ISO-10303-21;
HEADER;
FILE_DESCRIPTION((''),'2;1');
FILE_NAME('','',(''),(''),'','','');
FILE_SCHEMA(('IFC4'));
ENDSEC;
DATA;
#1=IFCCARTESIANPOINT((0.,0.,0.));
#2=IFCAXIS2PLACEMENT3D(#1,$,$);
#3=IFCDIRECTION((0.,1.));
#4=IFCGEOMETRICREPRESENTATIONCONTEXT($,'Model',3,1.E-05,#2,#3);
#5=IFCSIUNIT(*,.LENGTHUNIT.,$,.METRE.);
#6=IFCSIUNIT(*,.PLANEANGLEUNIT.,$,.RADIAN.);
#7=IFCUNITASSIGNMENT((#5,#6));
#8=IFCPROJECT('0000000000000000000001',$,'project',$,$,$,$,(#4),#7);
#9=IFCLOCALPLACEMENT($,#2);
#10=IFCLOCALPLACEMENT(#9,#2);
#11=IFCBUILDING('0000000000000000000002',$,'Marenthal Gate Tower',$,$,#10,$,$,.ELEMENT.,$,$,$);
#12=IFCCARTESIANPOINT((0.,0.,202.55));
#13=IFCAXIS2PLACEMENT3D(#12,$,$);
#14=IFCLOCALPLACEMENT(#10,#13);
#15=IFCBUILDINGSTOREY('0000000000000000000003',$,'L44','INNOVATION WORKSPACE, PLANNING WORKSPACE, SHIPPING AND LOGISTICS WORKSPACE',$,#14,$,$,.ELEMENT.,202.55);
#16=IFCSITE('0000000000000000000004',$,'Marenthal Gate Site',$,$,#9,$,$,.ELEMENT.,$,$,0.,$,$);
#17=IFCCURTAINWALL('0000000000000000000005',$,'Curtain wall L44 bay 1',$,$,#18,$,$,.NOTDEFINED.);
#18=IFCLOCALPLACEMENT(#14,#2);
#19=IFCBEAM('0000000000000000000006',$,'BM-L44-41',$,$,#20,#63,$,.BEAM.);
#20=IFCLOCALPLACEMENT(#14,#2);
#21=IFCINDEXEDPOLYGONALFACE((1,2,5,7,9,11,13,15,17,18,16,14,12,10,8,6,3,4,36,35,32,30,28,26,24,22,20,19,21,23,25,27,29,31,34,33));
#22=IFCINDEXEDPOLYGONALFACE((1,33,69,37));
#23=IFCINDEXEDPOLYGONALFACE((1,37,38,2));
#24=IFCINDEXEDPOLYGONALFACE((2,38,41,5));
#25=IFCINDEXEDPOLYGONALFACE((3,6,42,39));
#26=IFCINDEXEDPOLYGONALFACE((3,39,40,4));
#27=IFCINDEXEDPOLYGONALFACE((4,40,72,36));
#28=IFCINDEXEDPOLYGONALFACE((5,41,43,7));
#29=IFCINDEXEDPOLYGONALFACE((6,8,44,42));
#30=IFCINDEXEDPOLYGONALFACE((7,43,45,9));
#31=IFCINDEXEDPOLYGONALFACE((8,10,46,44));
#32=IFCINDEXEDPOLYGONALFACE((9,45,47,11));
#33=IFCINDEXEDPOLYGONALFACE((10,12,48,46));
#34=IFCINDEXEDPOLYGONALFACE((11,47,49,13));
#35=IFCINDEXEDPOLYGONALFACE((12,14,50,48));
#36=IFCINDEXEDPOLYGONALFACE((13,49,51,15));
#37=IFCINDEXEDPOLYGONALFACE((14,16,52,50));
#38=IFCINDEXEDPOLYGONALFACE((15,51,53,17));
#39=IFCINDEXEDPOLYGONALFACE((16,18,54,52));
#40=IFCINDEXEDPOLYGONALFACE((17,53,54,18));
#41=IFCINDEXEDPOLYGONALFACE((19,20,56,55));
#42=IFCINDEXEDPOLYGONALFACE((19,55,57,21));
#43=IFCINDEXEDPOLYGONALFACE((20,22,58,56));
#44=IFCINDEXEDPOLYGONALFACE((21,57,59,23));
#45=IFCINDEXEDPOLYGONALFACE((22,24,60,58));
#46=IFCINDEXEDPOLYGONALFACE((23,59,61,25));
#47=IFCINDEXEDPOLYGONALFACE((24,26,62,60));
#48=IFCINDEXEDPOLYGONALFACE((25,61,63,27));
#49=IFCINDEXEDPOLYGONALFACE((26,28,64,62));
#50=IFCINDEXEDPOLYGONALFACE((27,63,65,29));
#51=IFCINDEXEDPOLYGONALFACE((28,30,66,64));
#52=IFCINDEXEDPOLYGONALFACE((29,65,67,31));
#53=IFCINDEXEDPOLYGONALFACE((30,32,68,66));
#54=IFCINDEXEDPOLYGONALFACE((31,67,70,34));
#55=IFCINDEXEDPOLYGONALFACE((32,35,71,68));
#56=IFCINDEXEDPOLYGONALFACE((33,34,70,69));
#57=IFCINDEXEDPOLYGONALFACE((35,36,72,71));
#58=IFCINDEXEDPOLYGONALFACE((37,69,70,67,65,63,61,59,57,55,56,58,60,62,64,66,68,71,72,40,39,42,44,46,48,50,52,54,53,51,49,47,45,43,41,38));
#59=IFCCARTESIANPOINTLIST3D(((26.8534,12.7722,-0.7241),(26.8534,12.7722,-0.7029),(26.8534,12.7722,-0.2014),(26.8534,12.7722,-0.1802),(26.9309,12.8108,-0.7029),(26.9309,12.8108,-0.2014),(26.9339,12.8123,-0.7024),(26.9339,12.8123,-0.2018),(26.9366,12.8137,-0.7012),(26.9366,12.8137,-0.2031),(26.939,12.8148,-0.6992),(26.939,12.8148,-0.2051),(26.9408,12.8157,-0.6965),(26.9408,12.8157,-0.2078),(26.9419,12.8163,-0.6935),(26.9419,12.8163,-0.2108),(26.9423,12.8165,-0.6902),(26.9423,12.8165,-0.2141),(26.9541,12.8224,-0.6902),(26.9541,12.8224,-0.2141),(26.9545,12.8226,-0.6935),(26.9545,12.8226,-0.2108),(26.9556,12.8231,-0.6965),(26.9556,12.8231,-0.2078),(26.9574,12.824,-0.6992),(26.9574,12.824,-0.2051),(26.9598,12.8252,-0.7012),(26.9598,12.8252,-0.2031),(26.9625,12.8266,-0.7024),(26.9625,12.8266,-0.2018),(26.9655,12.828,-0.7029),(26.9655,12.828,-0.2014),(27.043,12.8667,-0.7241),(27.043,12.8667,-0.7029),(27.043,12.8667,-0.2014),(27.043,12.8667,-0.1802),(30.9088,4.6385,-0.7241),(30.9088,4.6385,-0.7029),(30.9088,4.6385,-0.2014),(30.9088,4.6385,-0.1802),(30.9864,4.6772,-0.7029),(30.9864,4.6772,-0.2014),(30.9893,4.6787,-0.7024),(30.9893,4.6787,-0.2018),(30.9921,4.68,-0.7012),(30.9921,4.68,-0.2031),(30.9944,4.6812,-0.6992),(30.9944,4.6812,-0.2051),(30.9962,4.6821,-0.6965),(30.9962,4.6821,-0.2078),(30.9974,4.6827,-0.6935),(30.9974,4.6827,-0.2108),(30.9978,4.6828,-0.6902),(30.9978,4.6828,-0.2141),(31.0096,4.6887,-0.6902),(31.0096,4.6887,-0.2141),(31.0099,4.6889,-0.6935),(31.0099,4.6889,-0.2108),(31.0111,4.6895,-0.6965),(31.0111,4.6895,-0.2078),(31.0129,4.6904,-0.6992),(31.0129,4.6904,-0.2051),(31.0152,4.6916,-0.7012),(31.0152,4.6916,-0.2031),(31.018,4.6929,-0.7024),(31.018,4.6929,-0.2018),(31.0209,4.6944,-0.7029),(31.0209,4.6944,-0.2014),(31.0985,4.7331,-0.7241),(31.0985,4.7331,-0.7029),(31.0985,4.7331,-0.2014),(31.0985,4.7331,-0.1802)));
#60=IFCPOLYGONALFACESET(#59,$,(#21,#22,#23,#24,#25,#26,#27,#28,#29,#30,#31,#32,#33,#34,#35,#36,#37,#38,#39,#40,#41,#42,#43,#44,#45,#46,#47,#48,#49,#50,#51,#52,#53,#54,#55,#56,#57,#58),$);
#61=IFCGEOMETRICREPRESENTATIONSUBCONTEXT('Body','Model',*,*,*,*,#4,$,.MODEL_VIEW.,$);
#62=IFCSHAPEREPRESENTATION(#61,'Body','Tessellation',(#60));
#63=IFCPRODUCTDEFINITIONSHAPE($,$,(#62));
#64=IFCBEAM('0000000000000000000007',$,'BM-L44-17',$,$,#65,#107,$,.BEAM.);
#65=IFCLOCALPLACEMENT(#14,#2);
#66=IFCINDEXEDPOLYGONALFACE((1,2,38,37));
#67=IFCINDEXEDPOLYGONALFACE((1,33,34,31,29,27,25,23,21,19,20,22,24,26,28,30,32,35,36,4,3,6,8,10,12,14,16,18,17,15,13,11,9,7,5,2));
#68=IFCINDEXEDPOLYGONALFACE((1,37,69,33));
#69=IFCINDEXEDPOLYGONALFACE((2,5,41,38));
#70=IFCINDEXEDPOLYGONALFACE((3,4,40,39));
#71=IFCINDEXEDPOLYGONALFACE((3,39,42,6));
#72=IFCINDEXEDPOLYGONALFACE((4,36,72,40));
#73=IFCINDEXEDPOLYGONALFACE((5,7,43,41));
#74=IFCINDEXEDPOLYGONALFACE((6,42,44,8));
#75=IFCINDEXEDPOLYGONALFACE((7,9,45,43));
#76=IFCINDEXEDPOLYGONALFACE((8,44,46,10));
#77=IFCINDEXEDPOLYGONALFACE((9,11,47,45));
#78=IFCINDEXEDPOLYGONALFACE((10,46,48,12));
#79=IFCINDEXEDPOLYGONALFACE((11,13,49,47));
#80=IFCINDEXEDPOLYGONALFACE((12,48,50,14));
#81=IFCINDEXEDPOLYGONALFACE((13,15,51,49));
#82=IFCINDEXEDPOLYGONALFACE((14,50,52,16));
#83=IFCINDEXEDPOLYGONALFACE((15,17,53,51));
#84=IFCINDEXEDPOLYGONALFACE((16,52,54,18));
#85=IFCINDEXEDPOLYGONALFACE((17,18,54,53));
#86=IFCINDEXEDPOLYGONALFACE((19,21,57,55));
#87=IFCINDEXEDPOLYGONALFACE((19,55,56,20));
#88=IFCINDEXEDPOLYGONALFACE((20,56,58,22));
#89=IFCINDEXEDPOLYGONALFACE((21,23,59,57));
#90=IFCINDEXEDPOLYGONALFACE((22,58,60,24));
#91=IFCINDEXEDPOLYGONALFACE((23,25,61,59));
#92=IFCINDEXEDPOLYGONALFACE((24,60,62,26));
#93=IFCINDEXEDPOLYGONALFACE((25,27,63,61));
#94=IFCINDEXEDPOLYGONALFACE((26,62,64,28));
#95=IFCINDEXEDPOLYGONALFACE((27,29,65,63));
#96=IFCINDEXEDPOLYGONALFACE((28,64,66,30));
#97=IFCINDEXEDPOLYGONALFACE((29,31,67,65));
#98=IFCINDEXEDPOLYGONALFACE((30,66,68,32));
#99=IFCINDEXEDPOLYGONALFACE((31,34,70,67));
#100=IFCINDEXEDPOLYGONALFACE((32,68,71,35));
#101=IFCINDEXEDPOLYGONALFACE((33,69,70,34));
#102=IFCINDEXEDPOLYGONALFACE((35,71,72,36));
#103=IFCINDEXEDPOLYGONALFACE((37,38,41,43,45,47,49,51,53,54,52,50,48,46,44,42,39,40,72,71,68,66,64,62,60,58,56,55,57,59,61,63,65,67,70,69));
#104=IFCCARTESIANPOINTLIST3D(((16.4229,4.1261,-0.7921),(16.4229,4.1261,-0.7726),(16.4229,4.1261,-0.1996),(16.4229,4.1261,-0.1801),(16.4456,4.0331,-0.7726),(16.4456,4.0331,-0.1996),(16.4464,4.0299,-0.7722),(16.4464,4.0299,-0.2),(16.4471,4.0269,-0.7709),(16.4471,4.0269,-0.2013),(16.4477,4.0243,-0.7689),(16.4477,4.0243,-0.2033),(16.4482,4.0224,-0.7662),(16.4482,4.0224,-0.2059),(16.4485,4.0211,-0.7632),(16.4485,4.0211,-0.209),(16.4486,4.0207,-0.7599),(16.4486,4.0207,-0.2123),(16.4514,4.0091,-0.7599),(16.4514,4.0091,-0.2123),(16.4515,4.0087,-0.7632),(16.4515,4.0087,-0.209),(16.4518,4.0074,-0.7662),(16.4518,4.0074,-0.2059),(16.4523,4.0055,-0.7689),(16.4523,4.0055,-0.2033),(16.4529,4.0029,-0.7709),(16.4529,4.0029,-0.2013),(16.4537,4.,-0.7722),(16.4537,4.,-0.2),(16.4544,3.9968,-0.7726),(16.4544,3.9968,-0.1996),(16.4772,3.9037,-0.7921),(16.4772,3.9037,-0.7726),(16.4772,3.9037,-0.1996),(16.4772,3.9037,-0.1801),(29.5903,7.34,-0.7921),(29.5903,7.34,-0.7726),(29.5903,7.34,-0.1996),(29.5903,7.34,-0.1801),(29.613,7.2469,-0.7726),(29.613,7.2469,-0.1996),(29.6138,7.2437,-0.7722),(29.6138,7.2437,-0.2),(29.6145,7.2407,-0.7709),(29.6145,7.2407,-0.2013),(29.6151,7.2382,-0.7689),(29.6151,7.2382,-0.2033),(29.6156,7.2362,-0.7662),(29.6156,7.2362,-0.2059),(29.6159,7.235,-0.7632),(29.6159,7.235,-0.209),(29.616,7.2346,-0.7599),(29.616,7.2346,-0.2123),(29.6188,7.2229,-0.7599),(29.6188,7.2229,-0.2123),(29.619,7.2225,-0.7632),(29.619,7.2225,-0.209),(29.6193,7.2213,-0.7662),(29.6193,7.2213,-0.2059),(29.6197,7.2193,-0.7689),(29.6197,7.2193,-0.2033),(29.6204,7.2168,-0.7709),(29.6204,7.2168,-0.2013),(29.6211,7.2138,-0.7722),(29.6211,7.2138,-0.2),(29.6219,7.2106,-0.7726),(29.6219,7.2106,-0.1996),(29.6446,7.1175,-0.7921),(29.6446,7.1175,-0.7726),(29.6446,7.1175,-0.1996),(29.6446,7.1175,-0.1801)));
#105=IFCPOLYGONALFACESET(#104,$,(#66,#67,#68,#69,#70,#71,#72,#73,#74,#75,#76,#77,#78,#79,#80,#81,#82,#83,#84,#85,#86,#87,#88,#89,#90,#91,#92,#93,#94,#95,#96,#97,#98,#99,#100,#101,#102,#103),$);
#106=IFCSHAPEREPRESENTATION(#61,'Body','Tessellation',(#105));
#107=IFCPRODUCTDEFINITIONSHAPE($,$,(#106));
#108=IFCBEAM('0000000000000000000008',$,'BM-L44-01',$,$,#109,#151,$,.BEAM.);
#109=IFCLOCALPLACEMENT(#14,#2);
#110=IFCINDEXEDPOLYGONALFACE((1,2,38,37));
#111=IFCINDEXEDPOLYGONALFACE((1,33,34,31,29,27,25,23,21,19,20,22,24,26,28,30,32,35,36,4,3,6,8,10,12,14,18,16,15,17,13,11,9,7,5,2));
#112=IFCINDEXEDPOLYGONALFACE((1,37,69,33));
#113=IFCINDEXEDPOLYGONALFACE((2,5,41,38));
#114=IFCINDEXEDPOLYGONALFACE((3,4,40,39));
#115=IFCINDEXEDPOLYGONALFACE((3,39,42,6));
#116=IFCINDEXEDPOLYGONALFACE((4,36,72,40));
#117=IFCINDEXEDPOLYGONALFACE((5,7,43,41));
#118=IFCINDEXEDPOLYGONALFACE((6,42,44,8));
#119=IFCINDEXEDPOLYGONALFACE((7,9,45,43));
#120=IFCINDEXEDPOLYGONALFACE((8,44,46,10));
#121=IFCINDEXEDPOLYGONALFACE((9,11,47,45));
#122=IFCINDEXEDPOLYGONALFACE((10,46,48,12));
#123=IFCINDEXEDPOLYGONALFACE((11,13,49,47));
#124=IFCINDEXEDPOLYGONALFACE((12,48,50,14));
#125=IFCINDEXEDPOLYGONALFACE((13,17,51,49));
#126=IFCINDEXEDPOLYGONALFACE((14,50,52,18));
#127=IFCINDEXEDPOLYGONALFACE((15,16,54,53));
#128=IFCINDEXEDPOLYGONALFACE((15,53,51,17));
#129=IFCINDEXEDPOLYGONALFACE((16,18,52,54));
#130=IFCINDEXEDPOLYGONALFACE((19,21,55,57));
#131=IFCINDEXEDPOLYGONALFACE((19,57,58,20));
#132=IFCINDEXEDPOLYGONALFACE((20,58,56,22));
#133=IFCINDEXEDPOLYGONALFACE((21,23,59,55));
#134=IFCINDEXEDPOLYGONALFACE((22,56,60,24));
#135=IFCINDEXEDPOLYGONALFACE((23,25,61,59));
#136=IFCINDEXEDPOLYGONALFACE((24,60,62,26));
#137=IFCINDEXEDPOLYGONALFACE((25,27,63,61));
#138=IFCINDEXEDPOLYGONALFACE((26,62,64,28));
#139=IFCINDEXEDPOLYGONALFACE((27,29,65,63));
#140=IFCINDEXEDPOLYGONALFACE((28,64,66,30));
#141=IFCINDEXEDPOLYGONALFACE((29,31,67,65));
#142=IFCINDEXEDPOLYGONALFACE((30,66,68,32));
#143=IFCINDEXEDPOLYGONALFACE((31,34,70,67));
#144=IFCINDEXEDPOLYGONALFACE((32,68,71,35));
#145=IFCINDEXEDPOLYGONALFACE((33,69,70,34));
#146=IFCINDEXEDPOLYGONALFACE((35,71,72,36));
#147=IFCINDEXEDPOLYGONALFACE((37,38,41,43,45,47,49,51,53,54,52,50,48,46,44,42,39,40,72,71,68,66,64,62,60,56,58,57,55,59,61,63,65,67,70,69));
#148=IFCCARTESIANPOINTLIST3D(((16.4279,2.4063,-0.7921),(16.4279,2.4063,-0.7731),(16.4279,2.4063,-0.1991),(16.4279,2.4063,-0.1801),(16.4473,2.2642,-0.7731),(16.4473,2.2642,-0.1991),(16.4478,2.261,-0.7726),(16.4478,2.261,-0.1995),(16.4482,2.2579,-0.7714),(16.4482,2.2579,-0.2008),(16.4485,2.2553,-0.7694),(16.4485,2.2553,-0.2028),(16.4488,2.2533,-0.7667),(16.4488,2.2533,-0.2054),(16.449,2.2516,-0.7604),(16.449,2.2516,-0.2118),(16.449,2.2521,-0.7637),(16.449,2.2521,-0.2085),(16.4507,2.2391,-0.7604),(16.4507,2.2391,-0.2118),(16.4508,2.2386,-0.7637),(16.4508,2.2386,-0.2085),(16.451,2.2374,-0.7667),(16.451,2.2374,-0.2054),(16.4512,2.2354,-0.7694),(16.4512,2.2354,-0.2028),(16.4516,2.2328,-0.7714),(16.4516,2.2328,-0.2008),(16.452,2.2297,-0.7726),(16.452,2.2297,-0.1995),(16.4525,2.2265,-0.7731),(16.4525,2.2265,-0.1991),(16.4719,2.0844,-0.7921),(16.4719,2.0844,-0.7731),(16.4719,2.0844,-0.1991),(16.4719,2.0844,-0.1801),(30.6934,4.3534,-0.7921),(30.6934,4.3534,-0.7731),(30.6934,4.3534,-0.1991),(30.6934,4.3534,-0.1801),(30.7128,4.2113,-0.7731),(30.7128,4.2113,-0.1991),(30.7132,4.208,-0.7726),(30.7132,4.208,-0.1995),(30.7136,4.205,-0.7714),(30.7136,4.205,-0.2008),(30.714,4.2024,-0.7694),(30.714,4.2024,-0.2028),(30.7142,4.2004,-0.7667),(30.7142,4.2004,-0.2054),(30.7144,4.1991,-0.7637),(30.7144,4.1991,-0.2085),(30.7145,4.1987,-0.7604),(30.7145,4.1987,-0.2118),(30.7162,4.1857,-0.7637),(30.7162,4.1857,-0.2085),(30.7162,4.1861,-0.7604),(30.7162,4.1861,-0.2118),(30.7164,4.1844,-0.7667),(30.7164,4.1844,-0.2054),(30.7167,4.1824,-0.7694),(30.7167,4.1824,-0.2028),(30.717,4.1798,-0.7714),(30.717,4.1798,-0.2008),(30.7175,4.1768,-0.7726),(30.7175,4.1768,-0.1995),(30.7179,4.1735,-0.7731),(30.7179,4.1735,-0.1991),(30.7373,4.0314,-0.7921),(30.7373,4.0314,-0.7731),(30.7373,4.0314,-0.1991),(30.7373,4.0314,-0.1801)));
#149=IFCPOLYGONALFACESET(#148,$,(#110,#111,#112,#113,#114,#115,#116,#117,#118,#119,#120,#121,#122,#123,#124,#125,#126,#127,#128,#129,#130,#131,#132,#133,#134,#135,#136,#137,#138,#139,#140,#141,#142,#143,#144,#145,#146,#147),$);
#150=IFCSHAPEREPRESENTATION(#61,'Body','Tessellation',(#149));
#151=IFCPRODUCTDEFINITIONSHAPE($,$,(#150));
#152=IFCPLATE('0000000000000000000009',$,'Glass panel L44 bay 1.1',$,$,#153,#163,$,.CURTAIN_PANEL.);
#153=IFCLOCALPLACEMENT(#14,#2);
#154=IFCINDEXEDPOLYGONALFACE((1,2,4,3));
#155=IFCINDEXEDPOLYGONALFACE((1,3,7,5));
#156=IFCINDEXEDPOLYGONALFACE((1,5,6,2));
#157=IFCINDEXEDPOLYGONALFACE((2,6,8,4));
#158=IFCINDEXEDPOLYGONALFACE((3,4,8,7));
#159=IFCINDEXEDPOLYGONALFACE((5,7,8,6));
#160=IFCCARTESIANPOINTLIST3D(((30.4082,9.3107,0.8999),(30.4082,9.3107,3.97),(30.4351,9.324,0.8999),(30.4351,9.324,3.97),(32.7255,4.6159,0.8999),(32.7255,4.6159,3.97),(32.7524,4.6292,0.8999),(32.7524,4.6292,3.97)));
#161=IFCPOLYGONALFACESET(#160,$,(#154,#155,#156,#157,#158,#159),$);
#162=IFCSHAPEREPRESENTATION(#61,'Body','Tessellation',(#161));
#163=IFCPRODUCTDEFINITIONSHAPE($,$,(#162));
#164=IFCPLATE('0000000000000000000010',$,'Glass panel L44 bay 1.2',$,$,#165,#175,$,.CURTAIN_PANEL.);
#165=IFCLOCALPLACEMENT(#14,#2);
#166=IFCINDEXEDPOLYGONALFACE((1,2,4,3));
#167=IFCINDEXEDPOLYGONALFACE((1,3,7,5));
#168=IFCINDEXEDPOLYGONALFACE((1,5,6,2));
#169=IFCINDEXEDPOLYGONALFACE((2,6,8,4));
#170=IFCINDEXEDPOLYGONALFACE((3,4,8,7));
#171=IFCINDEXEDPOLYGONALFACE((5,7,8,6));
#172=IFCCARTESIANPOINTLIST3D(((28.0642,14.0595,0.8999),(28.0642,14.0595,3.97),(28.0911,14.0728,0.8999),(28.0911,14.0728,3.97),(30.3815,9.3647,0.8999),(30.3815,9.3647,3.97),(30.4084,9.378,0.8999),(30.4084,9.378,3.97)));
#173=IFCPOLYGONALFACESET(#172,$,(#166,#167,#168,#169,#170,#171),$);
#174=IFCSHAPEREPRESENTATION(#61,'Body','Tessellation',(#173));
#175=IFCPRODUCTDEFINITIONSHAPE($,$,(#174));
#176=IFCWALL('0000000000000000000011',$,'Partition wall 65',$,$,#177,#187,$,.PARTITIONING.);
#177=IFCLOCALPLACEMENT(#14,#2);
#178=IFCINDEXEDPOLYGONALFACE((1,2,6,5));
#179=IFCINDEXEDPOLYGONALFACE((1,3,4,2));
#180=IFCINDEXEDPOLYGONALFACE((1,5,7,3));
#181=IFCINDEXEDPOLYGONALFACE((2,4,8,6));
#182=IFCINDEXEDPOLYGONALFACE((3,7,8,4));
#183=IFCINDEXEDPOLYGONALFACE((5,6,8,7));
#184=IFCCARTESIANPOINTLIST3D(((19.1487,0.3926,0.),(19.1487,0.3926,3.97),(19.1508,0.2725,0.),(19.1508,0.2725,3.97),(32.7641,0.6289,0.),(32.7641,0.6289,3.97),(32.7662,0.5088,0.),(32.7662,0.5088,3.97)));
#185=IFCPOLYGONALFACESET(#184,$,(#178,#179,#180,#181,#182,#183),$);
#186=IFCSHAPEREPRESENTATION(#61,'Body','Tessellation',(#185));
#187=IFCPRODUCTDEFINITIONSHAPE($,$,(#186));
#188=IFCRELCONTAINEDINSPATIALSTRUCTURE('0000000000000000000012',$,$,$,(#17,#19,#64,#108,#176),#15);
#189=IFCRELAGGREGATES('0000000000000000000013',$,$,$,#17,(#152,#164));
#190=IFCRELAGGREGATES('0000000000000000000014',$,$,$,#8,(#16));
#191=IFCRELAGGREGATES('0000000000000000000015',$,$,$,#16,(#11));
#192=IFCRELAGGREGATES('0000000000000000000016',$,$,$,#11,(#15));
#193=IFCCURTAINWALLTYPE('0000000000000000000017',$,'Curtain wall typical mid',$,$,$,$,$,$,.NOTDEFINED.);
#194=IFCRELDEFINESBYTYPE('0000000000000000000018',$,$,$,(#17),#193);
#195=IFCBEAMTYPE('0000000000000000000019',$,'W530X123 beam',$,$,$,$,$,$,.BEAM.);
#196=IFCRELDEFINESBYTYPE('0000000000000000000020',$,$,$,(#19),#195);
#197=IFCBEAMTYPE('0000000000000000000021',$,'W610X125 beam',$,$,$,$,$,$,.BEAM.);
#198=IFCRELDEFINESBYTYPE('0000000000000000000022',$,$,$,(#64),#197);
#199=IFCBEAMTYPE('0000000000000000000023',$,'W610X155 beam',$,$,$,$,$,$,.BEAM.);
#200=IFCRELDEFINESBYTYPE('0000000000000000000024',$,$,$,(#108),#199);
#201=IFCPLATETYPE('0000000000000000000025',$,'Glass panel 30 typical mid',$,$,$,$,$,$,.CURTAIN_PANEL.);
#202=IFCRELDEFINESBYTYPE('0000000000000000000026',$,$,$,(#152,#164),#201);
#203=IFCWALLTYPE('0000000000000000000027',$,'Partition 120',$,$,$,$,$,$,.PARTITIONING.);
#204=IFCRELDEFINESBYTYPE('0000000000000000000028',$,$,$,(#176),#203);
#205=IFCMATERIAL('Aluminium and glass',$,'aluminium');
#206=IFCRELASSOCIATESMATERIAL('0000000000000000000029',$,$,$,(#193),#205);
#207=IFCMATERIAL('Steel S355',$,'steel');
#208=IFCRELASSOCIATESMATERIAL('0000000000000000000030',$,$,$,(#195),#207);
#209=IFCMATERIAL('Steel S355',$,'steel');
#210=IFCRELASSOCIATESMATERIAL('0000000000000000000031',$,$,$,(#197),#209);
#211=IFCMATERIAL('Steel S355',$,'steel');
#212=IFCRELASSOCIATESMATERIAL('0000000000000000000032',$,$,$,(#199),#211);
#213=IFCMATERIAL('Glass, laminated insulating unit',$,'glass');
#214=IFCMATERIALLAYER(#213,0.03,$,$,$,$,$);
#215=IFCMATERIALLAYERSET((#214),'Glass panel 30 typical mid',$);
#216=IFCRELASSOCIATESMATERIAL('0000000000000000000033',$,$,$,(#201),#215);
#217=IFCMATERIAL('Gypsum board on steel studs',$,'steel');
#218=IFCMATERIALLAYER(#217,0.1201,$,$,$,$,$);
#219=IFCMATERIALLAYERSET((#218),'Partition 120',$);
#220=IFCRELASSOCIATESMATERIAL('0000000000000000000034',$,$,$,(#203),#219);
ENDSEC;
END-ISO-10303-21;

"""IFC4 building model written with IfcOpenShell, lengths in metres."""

from ifc_helpers import new_model, si_unit, direction, frame, frame_2d, origin, origin_2d, place, context, subcontext, project, spatial, rectangle, i_section, extrude, material, layer, layer_set, material_profile, profile_set, type_object, element, aggregate, save


model = new_model("IFC4")

# Units and contexts
model_context = context("Model", 3, precision=1e-05, world=origin(), true_north=direction((0.0, 1.0)))
body_context = subcontext(model_context, "Body", "Model", "MODEL_VIEW")
ifc_project = project(units=[si_unit("LENGTHUNIT", "METRE"), si_unit("PLANEANGLEUNIT", "RADIAN")], contexts=[model_context])

# Site, building, storey
site_placement = place(None, origin())
site = spatial("IfcSite", under=ifc_project, at=site_placement, Name="Marenthal Gate Site", CompositionType="ELEMENT", RefElevation=0.0)
building_placement = place(site_placement, origin())
building = spatial("IfcBuilding", under=site, at=building_placement, Name="Marenthal Gate Tower", CompositionType="ELEMENT")
storey_placement = place(building_placement, frame((0.0, 0.0, 202.55)))
storey = spatial("IfcBuildingStorey", under=building, at=storey_placement, Name="L44", Description="INNOVATION WORKSPACE, PLANNING WORKSPACE, SHIPPING AND LOGISTICS WORKSPACE", CompositionType="ELEMENT", Elevation=202.55)

# Curtain wall
ifc_material_1 = material(Name="Aluminium and glass", Category="aluminium")
curtain_wall_type = type_object("IfcCurtainWallType", Name="Curtain wall typical mid", PredefinedType="NOTDEFINED", material=ifc_material_1)
curtain_wall_placement = place(storey_placement, origin())
curtain_wall = element("IfcCurtainWall", 1, at=curtain_wall_placement, inside=storey, type_object=curtain_wall_type, Name="Curtain wall L44 bay 1", PredefinedType="NOTDEFINED")

# Beams
ifc_material_2 = material(Name="Steel S355", Category="steel")
ifc_material_profile_1 = material_profile(ifc_material_2, i_section(OverallWidth=0.2119, OverallDepth=0.5439, WebThickness=0.0132, FlangeThickness=0.0212, FilletRadius=0.0127, at=origin_2d()), Name="W530X123")
ifc_profile_set_1 = profile_set([ifc_material_profile_1], Name="Steel S355")
beam_type_1 = type_object("IfcBeamType", Name="W530X123 beam", PredefinedType="BEAM", material=ifc_profile_set_1)
beam_1_placement = place(storey_placement, frame((31.0037, 4.6858, -0.4521), z_axis=(-0.446214, 0.894926, 0.0), x_axis=(-0.894926, -0.446214, 0.0)))
element("IfcBeam", 2, at=beam_1_placement, inside=storey, type_object=beam_type_1, Name="BM-L44-41", PredefinedType="BEAM", context=body_context, shape_type="SweptSolid", body=[
    extrude(i_section(OverallWidth=0.2119, OverallDepth=0.5439, WebThickness=0.0132, FlangeThickness=0.0212, FilletRadius=0.0127, at=origin_2d()), origin(), (0.0, 0.0, 1.0), 9.0886),
])
ifc_material_3 = material(Name="Steel S355", Category="steel")
ifc_material_profile_2 = material_profile(ifc_material_3, i_section(OverallWidth=0.229, OverallDepth=0.6121, WebThickness=0.012, FlangeThickness=0.0195, FilletRadius=0.0127, at=origin_2d()), Name="W610X125")
ifc_profile_set_2 = profile_set([ifc_material_profile_2], Name="Steel S355")
beam_type_2 = type_object("IfcBeamType", Name="W610X125 beam", PredefinedType="BEAM", material=ifc_profile_set_2)
beam_2_placement = place(storey_placement, frame((29.6174, 7.2288, -0.4861), z_axis=(-0.971481, -0.237115, 0.0), x_axis=(0.237115, -0.971481, 0.0)))
element("IfcBeam", 3, at=beam_2_placement, inside=storey, type_object=beam_type_2, Name="BM-L44-17", PredefinedType="BEAM", context=body_context, shape_type="SweptSolid", body=[
    extrude(i_section(OverallWidth=0.229, OverallDepth=0.6121, WebThickness=0.012, FlangeThickness=0.0195, FilletRadius=0.0127, at=origin_2d()), origin(), (0.0, 0.0, 1.0), 13.554),
])
ifc_material_4 = material(Name="Steel S355", Category="steel")
ifc_material_profile_3 = material_profile(ifc_material_4, i_section(OverallWidth=0.325, OverallDepth=0.6121, WebThickness=0.0127, FlangeThickness=0.019, FilletRadius=0.0127, at=origin_2d()), Name="W610X155")
ifc_profile_set_3 = profile_set([ifc_material_profile_3], Name="Steel S355")
beam_type_3 = type_object("IfcBeamType", Name="W610X155 beam", PredefinedType="BEAM", material=ifc_profile_set_3)
beam_3_placement = place(storey_placement, frame((30.7153, 4.1924, -0.4861), z_axis=(-0.990814, -0.135232, 0.0), x_axis=(0.135232, -0.990814, 0.0)))
element("IfcBeam", 4, at=beam_3_placement, inside=storey, type_object=beam_type_3, Name="BM-L44-01", PredefinedType="BEAM", context=body_context, shape_type="SweptSolid", body=[
    extrude(i_section(OverallWidth=0.325, OverallDepth=0.6121, WebThickness=0.0127, FlangeThickness=0.019, FilletRadius=0.0127, at=origin_2d()), origin(), (0.0, 0.0, 1.0), 14.3977),
])

# Plates
ifc_material_5 = material(Name="Glass, laminated insulating unit", Category="glass")
ifc_layer_1 = layer(ifc_material_5, 0.03)
ifc_layer_set_1 = layer_set([ifc_layer_1], Name="Glass panel 30 typical mid")
plate_type = type_object("IfcPlateType", Name="Glass panel 30 typical mid", PredefinedType="CURTAIN_PANEL", material=ifc_layer_set_1)
plate_1_placement = place(storey_placement, frame((31.5803, 6.97, 0.8999), z_axis=(0.0, 0.0, 1.0), x_axis=(-0.442607, 0.896716, 0.0)))
plate_1 = element("IfcPlate", 5, at=plate_1_placement, type_object=plate_type, Name="Glass panel L44 bay 1.1", PredefinedType="CURTAIN_PANEL", context=body_context, shape_type="SweptSolid", body=[
    extrude(rectangle(XDim=5.2356, YDim=0.03, at=origin_2d()), origin(), (0.0, 0.0, 1.0), 3.0701),
])
plate_2_placement = place(storey_placement, frame((29.2363, 11.7188, 0.8999), z_axis=(0.0, 0.0, 1.0), x_axis=(-0.442607, 0.896716, 0.0)))
plate_2 = element("IfcPlate", 6, at=plate_2_placement, type_object=plate_type, Name="Glass panel L44 bay 1.2", PredefinedType="CURTAIN_PANEL", context=body_context, shape_type="SweptSolid", body=[
    extrude(rectangle(XDim=5.2356, YDim=0.03, at=origin_2d()), origin(), (0.0, 0.0, 1.0), 3.0701),
])
aggregate(curtain_wall, [plate_1, plate_2])

# Wall
ifc_material_6 = material(Name="Gypsum board on steel studs", Category="steel")
ifc_layer_2 = layer(ifc_material_6, 0.1201)
ifc_layer_set_2 = layer_set([ifc_layer_2], Name="Partition 120")
wall_type_1 = type_object("IfcWallType", Name="Partition 120", PredefinedType="PARTITIONING", material=ifc_layer_set_2)
wall_1_placement = place(storey_placement, frame((19.1499, 0.3325, 0.0), z_axis=(0.0, 0.0, 1.0), x_axis=(0.999849, 0.017355, 0.0)))
element("IfcWall", 7, at=wall_1_placement, inside=storey, type_object=wall_type_1, Name="Partition wall 65", PredefinedType="PARTITIONING", context=body_context, shape_type="SweptSolid", body=[
    extrude(rectangle(XDim=13.6174, YDim=0.1201, at=frame_2d((6.8086, 0.0))), origin(), (0.0, 0.0, 1.0), 3.97),
])

save(model, "model.ifc")
